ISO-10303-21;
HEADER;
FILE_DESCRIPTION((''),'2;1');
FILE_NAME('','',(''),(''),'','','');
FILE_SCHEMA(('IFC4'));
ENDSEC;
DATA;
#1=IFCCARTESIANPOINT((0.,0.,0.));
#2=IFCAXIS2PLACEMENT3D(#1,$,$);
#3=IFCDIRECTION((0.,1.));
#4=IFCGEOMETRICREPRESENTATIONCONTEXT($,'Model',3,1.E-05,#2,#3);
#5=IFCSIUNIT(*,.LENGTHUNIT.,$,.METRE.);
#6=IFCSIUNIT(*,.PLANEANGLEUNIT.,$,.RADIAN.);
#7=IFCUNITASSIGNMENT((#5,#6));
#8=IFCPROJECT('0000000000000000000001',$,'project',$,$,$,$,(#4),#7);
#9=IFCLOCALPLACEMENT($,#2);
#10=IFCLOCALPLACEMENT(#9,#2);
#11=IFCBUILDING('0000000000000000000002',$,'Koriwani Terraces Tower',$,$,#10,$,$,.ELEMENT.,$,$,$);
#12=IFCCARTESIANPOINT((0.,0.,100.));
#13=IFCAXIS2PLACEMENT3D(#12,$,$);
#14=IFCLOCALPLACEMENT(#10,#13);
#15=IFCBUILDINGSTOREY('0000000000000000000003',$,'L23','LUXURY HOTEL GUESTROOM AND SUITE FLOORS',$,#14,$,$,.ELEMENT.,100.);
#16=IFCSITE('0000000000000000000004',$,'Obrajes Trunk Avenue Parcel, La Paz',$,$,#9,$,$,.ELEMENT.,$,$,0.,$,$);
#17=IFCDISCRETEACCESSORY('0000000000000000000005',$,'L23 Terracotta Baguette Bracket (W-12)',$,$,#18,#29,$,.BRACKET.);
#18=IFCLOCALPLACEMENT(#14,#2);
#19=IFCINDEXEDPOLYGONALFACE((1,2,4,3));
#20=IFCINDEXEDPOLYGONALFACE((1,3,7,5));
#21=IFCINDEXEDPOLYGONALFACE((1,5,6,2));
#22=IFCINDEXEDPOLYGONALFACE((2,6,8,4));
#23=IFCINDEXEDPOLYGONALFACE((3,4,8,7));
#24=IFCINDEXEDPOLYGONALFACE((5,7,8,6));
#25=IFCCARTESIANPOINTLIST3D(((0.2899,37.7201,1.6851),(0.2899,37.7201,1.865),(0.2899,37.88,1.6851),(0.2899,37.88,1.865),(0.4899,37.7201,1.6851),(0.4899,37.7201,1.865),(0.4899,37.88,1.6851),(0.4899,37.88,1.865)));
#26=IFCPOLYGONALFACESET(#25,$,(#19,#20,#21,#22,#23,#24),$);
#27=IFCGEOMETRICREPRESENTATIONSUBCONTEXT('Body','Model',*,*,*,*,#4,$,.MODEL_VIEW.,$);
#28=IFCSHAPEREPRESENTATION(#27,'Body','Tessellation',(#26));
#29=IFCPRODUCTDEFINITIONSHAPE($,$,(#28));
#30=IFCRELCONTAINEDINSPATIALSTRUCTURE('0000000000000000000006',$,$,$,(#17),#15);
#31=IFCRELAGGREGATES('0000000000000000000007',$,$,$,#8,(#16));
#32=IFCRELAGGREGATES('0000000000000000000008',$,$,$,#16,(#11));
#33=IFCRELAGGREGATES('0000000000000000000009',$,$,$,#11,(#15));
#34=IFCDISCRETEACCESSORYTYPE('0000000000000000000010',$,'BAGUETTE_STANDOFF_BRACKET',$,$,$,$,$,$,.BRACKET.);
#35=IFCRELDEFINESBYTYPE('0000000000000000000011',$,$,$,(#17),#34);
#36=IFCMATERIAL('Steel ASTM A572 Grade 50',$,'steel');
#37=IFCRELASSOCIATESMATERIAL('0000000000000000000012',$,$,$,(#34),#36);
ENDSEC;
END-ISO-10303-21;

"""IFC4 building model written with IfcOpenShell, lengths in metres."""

from ifc_helpers import new_model, si_unit, direction, frame, origin, origin_2d, place, context, subcontext, project, spatial, rectangle, extrude, material, type_object, element, save


model = new_model("IFC4")

# Units and contexts
model_context = context("Model", 3, precision=1e-05, world=origin(), true_north=direction((0.0, 1.0)))
body_context = subcontext(model_context, "Body", "Model", "MODEL_VIEW")
ifc_project = project(units=[si_unit("LENGTHUNIT", "METRE"), si_unit("PLANEANGLEUNIT", "RADIAN")], contexts=[model_context])

# Site, building, storey
site_placement = place(None, origin())
site = spatial("IfcSite", under=ifc_project, at=site_placement, Name="Obrajes Trunk Avenue Parcel, La Paz", CompositionType="ELEMENT", RefElevation=0.0)
building_placement = place(site_placement, origin())
building = spatial("IfcBuilding", under=site, at=building_placement, Name="Koriwani Terraces Tower", CompositionType="ELEMENT")
storey_placement = place(building_placement, frame((0.0, 0.0, 100.0)))
storey = spatial("IfcBuildingStorey", under=building, at=storey_placement, Name="L23", Description="LUXURY HOTEL GUESTROOM AND SUITE FLOORS", CompositionType="ELEMENT", Elevation=100.0)

# Shared definitions
ifc_material_1 = material(Name="Steel ASTM A572 Grade 50", Category="steel")

# Discrete accessory
discrete_accessory_type = type_object("IfcDiscreteAccessoryType", Name="BAGUETTE_STANDOFF_BRACKET", PredefinedType="BRACKET", material=ifc_material_1)
discrete_accessory_placement = place(storey_placement, frame((0.3899, 37.8, 1.6851), z_axis=(0.0, 0.0, 1.0), x_axis=(0.0, 1.0, 0.0)))
element("IfcDiscreteAccessory", 1, at=discrete_accessory_placement, inside=storey, type_object=discrete_accessory_type, Name="L23 Terracotta Baguette Bracket (W-12)", PredefinedType="BRACKET", context=body_context, shape_type="SweptSolid", body=[
    extrude(rectangle(XDim=0.1599, YDim=0.2, at=origin_2d()), origin(), (0.0, 0.0, 1.0), 0.1799),
])

save(model, "model.ifc")
